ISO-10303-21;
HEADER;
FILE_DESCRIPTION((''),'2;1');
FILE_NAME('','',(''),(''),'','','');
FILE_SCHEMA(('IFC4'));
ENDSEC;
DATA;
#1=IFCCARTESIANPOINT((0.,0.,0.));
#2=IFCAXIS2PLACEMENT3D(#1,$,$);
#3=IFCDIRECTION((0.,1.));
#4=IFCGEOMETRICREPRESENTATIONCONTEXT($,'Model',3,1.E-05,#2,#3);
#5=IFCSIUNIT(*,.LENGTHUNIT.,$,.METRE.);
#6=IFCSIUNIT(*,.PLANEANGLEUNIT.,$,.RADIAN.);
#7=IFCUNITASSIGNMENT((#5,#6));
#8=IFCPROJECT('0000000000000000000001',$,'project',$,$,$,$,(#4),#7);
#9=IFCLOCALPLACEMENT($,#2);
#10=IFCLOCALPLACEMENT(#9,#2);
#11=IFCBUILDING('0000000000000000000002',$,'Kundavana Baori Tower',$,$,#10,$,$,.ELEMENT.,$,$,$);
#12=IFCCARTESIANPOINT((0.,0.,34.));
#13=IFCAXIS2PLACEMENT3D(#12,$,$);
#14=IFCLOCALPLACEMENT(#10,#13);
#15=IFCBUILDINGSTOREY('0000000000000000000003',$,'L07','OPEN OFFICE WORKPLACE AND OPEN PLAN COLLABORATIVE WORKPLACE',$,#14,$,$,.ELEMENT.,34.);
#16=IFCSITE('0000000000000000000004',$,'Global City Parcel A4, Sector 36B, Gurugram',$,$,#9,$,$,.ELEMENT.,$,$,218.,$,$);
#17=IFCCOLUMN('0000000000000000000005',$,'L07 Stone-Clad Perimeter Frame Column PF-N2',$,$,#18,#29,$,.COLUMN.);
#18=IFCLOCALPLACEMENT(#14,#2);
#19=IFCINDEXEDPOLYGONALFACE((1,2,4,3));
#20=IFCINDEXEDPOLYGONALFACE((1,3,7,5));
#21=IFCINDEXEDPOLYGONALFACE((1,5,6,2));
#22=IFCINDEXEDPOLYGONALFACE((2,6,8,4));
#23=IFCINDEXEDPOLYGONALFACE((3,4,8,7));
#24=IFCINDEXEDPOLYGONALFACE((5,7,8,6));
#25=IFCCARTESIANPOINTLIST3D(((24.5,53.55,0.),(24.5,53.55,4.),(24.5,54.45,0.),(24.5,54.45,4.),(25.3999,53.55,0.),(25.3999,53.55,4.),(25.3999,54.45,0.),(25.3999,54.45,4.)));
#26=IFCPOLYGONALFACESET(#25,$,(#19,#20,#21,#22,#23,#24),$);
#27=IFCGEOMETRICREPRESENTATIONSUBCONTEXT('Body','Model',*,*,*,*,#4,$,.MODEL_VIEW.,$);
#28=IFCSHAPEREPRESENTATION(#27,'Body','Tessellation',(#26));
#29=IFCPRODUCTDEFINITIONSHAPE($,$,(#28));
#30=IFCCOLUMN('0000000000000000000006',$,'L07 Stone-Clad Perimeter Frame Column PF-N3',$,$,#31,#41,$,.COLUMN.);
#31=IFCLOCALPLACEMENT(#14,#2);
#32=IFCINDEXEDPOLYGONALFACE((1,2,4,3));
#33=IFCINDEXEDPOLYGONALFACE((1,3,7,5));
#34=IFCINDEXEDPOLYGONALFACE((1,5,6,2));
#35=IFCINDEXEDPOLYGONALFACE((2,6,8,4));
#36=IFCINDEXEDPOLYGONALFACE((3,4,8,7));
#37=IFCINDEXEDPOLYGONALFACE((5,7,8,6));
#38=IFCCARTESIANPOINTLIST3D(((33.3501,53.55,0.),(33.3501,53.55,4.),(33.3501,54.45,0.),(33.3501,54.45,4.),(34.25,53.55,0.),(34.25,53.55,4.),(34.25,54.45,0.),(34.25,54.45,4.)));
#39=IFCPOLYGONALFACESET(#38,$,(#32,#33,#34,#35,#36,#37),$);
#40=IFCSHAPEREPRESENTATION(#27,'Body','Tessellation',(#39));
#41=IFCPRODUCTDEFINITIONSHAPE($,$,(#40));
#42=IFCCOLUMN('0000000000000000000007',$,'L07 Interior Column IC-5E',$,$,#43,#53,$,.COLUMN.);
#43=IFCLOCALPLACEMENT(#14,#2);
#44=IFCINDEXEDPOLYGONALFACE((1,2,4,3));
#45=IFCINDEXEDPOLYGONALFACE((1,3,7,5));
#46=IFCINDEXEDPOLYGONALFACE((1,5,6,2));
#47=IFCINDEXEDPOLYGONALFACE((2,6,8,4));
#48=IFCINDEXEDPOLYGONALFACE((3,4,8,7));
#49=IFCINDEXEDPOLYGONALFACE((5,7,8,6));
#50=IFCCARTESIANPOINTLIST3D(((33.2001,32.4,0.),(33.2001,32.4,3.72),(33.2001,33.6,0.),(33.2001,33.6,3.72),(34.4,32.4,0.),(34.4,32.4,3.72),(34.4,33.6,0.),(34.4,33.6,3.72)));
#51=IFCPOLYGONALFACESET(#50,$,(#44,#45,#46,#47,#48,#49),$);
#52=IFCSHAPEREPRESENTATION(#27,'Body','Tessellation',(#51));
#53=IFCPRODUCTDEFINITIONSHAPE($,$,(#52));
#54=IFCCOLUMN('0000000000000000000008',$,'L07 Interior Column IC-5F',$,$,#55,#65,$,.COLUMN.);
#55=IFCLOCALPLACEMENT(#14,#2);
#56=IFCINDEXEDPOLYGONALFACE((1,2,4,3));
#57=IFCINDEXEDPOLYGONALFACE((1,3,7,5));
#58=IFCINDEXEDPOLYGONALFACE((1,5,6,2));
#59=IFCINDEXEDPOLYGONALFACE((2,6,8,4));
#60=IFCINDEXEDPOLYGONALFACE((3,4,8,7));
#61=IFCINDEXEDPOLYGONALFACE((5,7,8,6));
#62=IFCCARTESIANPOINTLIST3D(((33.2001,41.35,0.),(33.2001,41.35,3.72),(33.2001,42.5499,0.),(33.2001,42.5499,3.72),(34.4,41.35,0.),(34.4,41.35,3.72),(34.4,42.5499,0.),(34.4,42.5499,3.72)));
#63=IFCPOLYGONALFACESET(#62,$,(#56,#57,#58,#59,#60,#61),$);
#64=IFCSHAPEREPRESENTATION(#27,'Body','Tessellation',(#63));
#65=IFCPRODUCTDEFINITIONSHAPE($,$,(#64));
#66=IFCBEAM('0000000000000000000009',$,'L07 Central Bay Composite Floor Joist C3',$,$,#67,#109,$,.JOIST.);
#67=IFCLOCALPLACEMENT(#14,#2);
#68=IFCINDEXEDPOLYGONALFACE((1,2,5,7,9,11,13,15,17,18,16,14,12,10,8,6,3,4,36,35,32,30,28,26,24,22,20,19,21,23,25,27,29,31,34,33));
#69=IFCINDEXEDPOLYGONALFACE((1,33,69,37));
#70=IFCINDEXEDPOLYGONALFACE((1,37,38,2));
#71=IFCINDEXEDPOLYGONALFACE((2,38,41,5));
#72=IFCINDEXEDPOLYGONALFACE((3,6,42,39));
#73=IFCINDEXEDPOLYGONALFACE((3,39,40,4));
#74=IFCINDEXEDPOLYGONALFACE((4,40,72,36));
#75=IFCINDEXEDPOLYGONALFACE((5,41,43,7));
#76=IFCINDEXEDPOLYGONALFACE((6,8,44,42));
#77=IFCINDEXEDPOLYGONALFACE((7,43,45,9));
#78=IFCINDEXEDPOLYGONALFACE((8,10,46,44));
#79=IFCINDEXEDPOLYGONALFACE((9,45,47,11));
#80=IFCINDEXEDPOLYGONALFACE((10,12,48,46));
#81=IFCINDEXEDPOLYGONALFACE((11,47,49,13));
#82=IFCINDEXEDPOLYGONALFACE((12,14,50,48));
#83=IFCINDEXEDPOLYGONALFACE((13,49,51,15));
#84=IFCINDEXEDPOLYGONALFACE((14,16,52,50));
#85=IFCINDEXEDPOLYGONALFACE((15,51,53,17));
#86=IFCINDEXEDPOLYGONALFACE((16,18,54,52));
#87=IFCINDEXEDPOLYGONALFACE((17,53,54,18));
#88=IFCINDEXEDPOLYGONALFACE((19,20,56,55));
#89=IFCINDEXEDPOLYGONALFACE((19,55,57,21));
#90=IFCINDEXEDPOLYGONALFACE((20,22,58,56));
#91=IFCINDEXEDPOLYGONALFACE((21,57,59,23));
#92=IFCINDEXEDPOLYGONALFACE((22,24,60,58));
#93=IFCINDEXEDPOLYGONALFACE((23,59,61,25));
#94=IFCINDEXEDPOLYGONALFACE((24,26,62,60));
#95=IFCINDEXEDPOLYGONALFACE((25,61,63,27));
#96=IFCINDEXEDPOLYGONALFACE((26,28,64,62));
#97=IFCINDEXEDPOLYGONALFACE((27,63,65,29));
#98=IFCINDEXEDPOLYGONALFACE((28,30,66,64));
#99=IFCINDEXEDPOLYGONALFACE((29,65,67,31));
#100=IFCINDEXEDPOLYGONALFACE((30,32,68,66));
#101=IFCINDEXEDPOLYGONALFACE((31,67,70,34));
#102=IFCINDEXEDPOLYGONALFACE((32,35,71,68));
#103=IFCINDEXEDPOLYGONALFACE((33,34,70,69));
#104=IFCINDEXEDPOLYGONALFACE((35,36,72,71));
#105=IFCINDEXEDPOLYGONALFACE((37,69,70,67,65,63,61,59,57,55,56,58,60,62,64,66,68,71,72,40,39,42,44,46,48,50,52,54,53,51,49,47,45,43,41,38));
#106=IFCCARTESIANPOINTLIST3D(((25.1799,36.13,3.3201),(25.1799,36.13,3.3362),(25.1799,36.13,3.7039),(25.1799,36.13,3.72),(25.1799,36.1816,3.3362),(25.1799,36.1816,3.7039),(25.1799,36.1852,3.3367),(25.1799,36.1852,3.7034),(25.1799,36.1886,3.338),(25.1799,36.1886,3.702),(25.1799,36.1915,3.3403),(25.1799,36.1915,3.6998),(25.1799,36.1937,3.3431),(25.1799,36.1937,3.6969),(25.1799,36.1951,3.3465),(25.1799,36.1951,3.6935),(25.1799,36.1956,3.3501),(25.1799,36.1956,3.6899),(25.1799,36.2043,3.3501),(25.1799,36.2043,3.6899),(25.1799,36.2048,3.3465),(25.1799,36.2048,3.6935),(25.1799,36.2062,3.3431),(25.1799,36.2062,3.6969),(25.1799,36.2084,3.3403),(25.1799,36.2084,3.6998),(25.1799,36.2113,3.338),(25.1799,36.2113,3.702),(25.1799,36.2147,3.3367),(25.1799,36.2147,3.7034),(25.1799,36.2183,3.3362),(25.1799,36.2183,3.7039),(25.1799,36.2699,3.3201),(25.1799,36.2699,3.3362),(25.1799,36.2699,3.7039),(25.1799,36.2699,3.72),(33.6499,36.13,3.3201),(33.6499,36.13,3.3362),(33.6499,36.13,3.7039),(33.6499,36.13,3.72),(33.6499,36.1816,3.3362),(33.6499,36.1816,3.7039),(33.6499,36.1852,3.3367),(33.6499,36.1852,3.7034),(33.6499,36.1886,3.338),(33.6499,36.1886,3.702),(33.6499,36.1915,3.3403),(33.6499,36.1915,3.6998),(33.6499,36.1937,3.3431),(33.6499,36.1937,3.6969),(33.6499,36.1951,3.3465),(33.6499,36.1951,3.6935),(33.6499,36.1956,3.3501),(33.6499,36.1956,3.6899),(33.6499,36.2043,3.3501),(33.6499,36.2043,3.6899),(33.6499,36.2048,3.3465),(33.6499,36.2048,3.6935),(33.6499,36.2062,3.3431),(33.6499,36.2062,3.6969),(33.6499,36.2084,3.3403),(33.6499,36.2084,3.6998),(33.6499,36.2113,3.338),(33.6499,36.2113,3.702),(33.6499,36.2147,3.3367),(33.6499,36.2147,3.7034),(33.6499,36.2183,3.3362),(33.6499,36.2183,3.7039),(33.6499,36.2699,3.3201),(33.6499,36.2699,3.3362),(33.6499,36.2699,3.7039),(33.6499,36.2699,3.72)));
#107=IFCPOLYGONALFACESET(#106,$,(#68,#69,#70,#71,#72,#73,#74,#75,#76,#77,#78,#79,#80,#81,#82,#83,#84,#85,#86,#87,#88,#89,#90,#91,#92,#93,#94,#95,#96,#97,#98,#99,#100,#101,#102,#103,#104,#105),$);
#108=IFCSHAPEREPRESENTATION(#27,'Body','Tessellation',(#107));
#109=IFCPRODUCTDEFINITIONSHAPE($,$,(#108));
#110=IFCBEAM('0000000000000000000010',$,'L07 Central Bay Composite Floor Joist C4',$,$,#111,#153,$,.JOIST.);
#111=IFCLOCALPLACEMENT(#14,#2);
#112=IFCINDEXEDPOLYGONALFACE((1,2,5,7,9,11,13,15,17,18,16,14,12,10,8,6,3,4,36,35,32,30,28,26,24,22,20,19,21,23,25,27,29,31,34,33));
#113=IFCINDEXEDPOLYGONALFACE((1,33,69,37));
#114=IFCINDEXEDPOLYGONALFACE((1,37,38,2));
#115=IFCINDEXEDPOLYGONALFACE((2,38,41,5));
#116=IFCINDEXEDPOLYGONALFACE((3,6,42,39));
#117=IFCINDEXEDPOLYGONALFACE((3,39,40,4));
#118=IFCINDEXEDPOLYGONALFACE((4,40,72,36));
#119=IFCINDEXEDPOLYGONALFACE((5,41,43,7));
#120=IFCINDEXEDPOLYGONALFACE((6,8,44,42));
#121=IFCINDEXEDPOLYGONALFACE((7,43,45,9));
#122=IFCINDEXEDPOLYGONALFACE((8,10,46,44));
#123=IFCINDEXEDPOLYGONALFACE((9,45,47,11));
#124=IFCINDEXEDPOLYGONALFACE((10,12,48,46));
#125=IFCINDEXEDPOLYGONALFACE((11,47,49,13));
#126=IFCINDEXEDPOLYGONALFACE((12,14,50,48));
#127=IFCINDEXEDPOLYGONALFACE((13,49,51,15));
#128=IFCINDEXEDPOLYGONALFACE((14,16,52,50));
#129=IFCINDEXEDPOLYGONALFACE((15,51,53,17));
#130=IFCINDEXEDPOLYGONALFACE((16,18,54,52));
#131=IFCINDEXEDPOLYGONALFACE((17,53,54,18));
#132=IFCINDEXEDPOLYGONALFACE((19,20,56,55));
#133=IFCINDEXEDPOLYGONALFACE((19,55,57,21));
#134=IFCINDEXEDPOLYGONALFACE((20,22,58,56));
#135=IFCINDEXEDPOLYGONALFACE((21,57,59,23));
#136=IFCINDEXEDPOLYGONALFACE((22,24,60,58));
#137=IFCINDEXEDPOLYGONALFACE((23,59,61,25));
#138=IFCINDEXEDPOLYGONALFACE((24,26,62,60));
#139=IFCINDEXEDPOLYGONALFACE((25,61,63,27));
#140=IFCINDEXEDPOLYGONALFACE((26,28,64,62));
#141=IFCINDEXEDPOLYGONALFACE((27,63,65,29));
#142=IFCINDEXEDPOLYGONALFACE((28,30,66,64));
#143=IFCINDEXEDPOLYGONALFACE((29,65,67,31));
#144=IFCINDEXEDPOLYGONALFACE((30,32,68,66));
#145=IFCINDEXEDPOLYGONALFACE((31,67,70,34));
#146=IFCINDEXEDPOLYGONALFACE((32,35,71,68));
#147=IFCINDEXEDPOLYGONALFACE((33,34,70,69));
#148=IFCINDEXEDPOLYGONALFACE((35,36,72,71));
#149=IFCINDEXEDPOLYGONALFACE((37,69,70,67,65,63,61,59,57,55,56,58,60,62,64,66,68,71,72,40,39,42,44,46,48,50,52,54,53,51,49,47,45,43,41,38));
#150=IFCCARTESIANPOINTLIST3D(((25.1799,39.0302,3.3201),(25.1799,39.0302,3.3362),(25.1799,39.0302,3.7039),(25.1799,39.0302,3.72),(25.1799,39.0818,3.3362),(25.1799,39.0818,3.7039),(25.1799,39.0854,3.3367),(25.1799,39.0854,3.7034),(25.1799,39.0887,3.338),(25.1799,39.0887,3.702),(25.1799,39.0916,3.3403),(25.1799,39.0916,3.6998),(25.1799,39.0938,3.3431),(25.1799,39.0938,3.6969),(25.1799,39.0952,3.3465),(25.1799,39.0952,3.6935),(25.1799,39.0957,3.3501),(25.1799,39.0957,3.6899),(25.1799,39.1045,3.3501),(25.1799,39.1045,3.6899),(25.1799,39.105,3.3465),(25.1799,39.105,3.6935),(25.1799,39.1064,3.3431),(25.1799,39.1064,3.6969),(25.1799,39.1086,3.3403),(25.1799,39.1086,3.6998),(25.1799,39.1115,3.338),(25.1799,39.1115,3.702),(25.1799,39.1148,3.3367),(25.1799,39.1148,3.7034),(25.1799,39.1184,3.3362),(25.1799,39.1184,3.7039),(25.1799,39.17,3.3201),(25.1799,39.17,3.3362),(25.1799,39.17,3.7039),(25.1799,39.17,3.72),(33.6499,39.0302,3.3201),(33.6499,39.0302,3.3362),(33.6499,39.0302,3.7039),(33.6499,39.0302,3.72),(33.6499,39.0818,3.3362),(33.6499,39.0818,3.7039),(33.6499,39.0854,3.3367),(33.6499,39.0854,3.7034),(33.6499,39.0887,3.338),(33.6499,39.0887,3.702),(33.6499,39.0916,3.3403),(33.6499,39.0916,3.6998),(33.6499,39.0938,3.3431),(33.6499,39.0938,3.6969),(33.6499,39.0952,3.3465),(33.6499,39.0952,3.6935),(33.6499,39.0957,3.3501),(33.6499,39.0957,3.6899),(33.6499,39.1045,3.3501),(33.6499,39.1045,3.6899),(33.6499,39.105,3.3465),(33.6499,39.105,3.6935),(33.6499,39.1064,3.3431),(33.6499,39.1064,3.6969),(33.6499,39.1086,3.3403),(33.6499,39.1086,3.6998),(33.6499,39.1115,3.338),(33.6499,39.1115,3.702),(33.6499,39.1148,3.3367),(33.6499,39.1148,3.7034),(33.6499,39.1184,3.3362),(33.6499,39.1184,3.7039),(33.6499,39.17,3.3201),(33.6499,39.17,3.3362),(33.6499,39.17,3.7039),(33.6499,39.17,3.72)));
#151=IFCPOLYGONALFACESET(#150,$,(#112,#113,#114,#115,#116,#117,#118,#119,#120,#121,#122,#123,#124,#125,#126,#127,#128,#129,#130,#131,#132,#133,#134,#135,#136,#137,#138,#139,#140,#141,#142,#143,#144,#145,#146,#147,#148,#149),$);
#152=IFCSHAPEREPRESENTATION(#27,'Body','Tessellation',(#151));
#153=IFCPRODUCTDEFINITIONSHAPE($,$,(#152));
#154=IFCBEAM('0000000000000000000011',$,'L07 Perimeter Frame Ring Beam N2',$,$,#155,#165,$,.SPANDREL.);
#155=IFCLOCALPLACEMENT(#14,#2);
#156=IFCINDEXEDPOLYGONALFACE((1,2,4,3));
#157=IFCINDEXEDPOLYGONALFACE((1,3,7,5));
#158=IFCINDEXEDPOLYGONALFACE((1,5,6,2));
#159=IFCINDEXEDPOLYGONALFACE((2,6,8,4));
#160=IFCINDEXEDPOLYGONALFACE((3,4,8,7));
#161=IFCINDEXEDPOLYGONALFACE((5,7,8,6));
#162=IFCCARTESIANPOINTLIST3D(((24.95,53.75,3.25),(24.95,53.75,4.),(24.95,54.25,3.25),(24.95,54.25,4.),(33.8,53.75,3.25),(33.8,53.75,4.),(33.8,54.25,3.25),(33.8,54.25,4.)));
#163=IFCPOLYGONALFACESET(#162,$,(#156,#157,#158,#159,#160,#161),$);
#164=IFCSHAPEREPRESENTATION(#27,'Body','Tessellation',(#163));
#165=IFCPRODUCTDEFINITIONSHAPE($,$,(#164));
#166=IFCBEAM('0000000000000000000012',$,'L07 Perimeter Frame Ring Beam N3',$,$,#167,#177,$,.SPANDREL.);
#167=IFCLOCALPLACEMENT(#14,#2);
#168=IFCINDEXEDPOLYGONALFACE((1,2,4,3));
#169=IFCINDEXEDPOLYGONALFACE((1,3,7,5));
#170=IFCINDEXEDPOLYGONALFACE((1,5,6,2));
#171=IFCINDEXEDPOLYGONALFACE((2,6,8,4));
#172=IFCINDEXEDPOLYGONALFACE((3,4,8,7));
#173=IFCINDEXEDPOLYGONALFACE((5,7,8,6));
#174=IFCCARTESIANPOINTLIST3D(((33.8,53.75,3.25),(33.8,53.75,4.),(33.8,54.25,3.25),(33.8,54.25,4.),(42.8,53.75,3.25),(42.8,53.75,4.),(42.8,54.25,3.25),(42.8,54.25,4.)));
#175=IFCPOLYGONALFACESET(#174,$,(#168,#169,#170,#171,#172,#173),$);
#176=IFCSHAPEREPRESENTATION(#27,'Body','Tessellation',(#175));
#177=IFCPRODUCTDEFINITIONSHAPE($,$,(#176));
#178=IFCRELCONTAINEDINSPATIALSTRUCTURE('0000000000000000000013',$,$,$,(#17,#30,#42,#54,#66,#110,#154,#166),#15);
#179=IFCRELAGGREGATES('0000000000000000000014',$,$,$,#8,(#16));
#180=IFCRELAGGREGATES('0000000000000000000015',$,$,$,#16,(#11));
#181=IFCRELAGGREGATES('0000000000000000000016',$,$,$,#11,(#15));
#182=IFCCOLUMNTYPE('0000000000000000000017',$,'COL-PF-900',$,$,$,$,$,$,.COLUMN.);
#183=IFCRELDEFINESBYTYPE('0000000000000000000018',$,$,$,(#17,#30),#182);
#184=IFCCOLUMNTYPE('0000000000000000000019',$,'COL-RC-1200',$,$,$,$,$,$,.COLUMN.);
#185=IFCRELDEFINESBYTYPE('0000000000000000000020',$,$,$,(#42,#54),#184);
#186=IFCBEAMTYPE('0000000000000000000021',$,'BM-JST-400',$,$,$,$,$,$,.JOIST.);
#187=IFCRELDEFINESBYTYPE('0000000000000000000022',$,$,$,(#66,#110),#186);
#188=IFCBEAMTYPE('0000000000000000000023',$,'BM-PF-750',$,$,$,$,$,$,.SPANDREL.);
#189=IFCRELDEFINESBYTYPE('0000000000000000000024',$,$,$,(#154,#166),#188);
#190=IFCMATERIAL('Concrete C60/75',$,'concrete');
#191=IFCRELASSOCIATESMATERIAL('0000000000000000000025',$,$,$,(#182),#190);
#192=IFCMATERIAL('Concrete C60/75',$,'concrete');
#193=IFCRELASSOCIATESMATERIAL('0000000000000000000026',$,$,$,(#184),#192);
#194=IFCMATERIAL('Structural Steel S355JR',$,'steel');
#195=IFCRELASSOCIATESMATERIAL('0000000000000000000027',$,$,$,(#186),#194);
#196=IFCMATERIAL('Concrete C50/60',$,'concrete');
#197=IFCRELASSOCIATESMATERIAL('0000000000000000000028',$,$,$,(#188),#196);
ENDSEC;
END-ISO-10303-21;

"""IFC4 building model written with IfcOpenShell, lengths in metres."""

from ifc_helpers import new_model, si_unit, direction, frame, origin, origin_2d, place, context, subcontext, project, spatial, rectangle, i_section, extrude, material, material_profile, profile_set, type_object, element, save


model = new_model("IFC4")

# Units and contexts
model_context = context("Model", 3, precision=1e-05, world=origin(), true_north=direction((0.0, 1.0)))
body_context = subcontext(model_context, "Body", "Model", "MODEL_VIEW")
ifc_project = project(units=[si_unit("LENGTHUNIT", "METRE"), si_unit("PLANEANGLEUNIT", "RADIAN")], contexts=[model_context])

# Site, building, storey
site_placement = place(None, origin())
site = spatial("IfcSite", under=ifc_project, at=site_placement, Name="Global City Parcel A4, Sector 36B, Gurugram", CompositionType="ELEMENT", RefElevation=218.0)
building_placement = place(site_placement, origin())
building = spatial("IfcBuilding", under=site, at=building_placement, Name="Kundavana Baori Tower", CompositionType="ELEMENT")
storey_placement = place(building_placement, frame((0.0, 0.0, 34.0)))
storey = spatial("IfcBuildingStorey", under=building, at=storey_placement, Name="L07", Description="OPEN OFFICE WORKPLACE AND OPEN PLAN COLLABORATIVE WORKPLACE", CompositionType="ELEMENT", Elevation=34.0)

# Columns
ifc_material_1 = material(Name="Concrete C60/75", Category="concrete")
ifc_material_profile_1 = material_profile(ifc_material_1, rectangle(XDim=0.8999, YDim=0.8999, at=origin_2d()), Name="RC PF 900x900")
ifc_profile_set_1 = profile_set([ifc_material_profile_1], Name="Concrete C60/75")
column_type_1 = type_object("IfcColumnType", Name="COL-PF-900", PredefinedType="COLUMN", material=ifc_profile_set_1)
for number, where, z_axis, x_axis, name in (
    (1, (24.95, 54.0, 0.0), (0.0, 0.0, 1.0), (1.0, 0.0, 0.0), "L07 Stone-Clad Perimeter Frame Column PF-N2"),
    (2, (33.8, 54.0, 0.0), (0.0, 0.0, 1.0), (1.0, 0.0, 0.0), "L07 Stone-Clad Perimeter Frame Column PF-N3"),
):
    element("IfcColumn", number, at=place(storey_placement, frame(where, z_axis=z_axis, x_axis=x_axis)), inside=storey, type_object=column_type_1, Name=name, PredefinedType="COLUMN", context=body_context, shape_type="SweptSolid", body=[
        extrude(rectangle(XDim=0.8999, YDim=0.8999, at=origin_2d()), origin(), (0.0, 0.0, 1.0), 4.0),
    ])
ifc_material_2 = material(Name="Concrete C60/75", Category="concrete")
ifc_material_profile_2 = material_profile(ifc_material_2, rectangle(XDim=1.2, YDim=1.2, at=origin_2d()), Name="RC 1200x1200")
ifc_profile_set_2 = profile_set([ifc_material_profile_2], Name="Concrete C60/75")
column_type_2 = type_object("IfcColumnType", Name="COL-RC-1200", PredefinedType="COLUMN", material=ifc_profile_set_2)
for number, where, z_axis, x_axis, name in (
    (3, (33.8, 33.0, 0.0), (0.0, 0.0, 1.0), (1.0, 0.0, 0.0), "L07 Interior Column IC-5E"),
    (4, (33.8, 41.95, 0.0), (0.0, 0.0, 1.0), (1.0, 0.0, 0.0), "L07 Interior Column IC-5F"),
):
    element("IfcColumn", number, at=place(storey_placement, frame(where, z_axis=z_axis, x_axis=x_axis)), inside=storey, type_object=column_type_2, Name=name, PredefinedType="COLUMN", context=body_context, shape_type="SweptSolid", body=[
        extrude(rectangle(XDim=1.2, YDim=1.2, at=origin_2d()), origin(), (0.0, 0.0, 1.0), 3.72),
    ])

# Beams
ifc_material_3 = material(Name="Structural Steel S355JR", Category="steel")
ifc_material_profile_3 = material_profile(ifc_material_3, i_section(OverallWidth=0.1399, OverallDepth=0.3999, WebThickness=0.0088, FlangeThickness=0.0161, FilletRadius=0.0139, at=origin_2d()), Name="ISMB 400")
ifc_profile_set_3 = profile_set([ifc_material_profile_3], Name="Structural Steel S355JR")
beam_type_1 = type_object("IfcBeamType", Name="BM-JST-400", PredefinedType="JOIST", material=ifc_profile_set_3)
for number, where, z_axis, x_axis, name in (
    (5, (25.1799, 36.2, 3.52), (1.0, 0.0, 0.0), (0.0, 1.0, 0.0), "L07 Central Bay Composite Floor Joist C3"),
    (6, (25.1799, 39.1001, 3.52), (1.0, 0.0, 0.0), (0.0, 1.0, 0.0), "L07 Central Bay Composite Floor Joist C4"),
):
    element("IfcBeam", number, at=place(storey_placement, frame(where, z_axis=z_axis, x_axis=x_axis)), inside=storey, type_object=beam_type_1, Name=name, PredefinedType="JOIST", context=body_context, shape_type="SweptSolid", body=[
        extrude(i_section(OverallWidth=0.1399, OverallDepth=0.3999, WebThickness=0.0088, FlangeThickness=0.0161, FilletRadius=0.0139, at=origin_2d()), origin(), (0.0, 0.0, 1.0), 8.47),
    ])
ifc_material_4 = material(Name="Concrete C50/60", Category="concrete")
ifc_material_profile_4 = material_profile(ifc_material_4, rectangle(XDim=0.5, YDim=0.75, at=origin_2d()), Name="RC BM 500x750")
ifc_profile_set_4 = profile_set([ifc_material_profile_4], Name="Concrete C50/60")
beam_type_2 = type_object("IfcBeamType", Name="BM-PF-750", PredefinedType="SPANDREL", material=ifc_profile_set_4)
beam_1_placement = place(storey_placement, frame((24.95, 54.0, 3.625), z_axis=(1.0, 0.0, 0.0), x_axis=(0.0, 1.0, 0.0)))
element("IfcBeam", 7, at=beam_1_placement, inside=storey, type_object=beam_type_2, Name="L07 Perimeter Frame Ring Beam N2", PredefinedType="SPANDREL", context=body_context, shape_type="SweptSolid", body=[
    extrude(rectangle(XDim=0.5, YDim=0.75, at=origin_2d()), origin(), (0.0, 0.0, 1.0), 8.8501),
])
beam_2_placement = place(storey_placement, frame((33.8, 54.0, 3.625), z_axis=(1.0, 0.0, 0.0), x_axis=(0.0, 1.0, 0.0)))
element("IfcBeam", 8, at=beam_2_placement, inside=storey, type_object=beam_type_2, Name="L07 Perimeter Frame Ring Beam N3", PredefinedType="SPANDREL", context=body_context, shape_type="SweptSolid", body=[
    extrude(rectangle(XDim=0.5, YDim=0.75, at=origin_2d()), origin(), (0.0, 0.0, 1.0), 9.0),
])

save(model, "model.ifc")
